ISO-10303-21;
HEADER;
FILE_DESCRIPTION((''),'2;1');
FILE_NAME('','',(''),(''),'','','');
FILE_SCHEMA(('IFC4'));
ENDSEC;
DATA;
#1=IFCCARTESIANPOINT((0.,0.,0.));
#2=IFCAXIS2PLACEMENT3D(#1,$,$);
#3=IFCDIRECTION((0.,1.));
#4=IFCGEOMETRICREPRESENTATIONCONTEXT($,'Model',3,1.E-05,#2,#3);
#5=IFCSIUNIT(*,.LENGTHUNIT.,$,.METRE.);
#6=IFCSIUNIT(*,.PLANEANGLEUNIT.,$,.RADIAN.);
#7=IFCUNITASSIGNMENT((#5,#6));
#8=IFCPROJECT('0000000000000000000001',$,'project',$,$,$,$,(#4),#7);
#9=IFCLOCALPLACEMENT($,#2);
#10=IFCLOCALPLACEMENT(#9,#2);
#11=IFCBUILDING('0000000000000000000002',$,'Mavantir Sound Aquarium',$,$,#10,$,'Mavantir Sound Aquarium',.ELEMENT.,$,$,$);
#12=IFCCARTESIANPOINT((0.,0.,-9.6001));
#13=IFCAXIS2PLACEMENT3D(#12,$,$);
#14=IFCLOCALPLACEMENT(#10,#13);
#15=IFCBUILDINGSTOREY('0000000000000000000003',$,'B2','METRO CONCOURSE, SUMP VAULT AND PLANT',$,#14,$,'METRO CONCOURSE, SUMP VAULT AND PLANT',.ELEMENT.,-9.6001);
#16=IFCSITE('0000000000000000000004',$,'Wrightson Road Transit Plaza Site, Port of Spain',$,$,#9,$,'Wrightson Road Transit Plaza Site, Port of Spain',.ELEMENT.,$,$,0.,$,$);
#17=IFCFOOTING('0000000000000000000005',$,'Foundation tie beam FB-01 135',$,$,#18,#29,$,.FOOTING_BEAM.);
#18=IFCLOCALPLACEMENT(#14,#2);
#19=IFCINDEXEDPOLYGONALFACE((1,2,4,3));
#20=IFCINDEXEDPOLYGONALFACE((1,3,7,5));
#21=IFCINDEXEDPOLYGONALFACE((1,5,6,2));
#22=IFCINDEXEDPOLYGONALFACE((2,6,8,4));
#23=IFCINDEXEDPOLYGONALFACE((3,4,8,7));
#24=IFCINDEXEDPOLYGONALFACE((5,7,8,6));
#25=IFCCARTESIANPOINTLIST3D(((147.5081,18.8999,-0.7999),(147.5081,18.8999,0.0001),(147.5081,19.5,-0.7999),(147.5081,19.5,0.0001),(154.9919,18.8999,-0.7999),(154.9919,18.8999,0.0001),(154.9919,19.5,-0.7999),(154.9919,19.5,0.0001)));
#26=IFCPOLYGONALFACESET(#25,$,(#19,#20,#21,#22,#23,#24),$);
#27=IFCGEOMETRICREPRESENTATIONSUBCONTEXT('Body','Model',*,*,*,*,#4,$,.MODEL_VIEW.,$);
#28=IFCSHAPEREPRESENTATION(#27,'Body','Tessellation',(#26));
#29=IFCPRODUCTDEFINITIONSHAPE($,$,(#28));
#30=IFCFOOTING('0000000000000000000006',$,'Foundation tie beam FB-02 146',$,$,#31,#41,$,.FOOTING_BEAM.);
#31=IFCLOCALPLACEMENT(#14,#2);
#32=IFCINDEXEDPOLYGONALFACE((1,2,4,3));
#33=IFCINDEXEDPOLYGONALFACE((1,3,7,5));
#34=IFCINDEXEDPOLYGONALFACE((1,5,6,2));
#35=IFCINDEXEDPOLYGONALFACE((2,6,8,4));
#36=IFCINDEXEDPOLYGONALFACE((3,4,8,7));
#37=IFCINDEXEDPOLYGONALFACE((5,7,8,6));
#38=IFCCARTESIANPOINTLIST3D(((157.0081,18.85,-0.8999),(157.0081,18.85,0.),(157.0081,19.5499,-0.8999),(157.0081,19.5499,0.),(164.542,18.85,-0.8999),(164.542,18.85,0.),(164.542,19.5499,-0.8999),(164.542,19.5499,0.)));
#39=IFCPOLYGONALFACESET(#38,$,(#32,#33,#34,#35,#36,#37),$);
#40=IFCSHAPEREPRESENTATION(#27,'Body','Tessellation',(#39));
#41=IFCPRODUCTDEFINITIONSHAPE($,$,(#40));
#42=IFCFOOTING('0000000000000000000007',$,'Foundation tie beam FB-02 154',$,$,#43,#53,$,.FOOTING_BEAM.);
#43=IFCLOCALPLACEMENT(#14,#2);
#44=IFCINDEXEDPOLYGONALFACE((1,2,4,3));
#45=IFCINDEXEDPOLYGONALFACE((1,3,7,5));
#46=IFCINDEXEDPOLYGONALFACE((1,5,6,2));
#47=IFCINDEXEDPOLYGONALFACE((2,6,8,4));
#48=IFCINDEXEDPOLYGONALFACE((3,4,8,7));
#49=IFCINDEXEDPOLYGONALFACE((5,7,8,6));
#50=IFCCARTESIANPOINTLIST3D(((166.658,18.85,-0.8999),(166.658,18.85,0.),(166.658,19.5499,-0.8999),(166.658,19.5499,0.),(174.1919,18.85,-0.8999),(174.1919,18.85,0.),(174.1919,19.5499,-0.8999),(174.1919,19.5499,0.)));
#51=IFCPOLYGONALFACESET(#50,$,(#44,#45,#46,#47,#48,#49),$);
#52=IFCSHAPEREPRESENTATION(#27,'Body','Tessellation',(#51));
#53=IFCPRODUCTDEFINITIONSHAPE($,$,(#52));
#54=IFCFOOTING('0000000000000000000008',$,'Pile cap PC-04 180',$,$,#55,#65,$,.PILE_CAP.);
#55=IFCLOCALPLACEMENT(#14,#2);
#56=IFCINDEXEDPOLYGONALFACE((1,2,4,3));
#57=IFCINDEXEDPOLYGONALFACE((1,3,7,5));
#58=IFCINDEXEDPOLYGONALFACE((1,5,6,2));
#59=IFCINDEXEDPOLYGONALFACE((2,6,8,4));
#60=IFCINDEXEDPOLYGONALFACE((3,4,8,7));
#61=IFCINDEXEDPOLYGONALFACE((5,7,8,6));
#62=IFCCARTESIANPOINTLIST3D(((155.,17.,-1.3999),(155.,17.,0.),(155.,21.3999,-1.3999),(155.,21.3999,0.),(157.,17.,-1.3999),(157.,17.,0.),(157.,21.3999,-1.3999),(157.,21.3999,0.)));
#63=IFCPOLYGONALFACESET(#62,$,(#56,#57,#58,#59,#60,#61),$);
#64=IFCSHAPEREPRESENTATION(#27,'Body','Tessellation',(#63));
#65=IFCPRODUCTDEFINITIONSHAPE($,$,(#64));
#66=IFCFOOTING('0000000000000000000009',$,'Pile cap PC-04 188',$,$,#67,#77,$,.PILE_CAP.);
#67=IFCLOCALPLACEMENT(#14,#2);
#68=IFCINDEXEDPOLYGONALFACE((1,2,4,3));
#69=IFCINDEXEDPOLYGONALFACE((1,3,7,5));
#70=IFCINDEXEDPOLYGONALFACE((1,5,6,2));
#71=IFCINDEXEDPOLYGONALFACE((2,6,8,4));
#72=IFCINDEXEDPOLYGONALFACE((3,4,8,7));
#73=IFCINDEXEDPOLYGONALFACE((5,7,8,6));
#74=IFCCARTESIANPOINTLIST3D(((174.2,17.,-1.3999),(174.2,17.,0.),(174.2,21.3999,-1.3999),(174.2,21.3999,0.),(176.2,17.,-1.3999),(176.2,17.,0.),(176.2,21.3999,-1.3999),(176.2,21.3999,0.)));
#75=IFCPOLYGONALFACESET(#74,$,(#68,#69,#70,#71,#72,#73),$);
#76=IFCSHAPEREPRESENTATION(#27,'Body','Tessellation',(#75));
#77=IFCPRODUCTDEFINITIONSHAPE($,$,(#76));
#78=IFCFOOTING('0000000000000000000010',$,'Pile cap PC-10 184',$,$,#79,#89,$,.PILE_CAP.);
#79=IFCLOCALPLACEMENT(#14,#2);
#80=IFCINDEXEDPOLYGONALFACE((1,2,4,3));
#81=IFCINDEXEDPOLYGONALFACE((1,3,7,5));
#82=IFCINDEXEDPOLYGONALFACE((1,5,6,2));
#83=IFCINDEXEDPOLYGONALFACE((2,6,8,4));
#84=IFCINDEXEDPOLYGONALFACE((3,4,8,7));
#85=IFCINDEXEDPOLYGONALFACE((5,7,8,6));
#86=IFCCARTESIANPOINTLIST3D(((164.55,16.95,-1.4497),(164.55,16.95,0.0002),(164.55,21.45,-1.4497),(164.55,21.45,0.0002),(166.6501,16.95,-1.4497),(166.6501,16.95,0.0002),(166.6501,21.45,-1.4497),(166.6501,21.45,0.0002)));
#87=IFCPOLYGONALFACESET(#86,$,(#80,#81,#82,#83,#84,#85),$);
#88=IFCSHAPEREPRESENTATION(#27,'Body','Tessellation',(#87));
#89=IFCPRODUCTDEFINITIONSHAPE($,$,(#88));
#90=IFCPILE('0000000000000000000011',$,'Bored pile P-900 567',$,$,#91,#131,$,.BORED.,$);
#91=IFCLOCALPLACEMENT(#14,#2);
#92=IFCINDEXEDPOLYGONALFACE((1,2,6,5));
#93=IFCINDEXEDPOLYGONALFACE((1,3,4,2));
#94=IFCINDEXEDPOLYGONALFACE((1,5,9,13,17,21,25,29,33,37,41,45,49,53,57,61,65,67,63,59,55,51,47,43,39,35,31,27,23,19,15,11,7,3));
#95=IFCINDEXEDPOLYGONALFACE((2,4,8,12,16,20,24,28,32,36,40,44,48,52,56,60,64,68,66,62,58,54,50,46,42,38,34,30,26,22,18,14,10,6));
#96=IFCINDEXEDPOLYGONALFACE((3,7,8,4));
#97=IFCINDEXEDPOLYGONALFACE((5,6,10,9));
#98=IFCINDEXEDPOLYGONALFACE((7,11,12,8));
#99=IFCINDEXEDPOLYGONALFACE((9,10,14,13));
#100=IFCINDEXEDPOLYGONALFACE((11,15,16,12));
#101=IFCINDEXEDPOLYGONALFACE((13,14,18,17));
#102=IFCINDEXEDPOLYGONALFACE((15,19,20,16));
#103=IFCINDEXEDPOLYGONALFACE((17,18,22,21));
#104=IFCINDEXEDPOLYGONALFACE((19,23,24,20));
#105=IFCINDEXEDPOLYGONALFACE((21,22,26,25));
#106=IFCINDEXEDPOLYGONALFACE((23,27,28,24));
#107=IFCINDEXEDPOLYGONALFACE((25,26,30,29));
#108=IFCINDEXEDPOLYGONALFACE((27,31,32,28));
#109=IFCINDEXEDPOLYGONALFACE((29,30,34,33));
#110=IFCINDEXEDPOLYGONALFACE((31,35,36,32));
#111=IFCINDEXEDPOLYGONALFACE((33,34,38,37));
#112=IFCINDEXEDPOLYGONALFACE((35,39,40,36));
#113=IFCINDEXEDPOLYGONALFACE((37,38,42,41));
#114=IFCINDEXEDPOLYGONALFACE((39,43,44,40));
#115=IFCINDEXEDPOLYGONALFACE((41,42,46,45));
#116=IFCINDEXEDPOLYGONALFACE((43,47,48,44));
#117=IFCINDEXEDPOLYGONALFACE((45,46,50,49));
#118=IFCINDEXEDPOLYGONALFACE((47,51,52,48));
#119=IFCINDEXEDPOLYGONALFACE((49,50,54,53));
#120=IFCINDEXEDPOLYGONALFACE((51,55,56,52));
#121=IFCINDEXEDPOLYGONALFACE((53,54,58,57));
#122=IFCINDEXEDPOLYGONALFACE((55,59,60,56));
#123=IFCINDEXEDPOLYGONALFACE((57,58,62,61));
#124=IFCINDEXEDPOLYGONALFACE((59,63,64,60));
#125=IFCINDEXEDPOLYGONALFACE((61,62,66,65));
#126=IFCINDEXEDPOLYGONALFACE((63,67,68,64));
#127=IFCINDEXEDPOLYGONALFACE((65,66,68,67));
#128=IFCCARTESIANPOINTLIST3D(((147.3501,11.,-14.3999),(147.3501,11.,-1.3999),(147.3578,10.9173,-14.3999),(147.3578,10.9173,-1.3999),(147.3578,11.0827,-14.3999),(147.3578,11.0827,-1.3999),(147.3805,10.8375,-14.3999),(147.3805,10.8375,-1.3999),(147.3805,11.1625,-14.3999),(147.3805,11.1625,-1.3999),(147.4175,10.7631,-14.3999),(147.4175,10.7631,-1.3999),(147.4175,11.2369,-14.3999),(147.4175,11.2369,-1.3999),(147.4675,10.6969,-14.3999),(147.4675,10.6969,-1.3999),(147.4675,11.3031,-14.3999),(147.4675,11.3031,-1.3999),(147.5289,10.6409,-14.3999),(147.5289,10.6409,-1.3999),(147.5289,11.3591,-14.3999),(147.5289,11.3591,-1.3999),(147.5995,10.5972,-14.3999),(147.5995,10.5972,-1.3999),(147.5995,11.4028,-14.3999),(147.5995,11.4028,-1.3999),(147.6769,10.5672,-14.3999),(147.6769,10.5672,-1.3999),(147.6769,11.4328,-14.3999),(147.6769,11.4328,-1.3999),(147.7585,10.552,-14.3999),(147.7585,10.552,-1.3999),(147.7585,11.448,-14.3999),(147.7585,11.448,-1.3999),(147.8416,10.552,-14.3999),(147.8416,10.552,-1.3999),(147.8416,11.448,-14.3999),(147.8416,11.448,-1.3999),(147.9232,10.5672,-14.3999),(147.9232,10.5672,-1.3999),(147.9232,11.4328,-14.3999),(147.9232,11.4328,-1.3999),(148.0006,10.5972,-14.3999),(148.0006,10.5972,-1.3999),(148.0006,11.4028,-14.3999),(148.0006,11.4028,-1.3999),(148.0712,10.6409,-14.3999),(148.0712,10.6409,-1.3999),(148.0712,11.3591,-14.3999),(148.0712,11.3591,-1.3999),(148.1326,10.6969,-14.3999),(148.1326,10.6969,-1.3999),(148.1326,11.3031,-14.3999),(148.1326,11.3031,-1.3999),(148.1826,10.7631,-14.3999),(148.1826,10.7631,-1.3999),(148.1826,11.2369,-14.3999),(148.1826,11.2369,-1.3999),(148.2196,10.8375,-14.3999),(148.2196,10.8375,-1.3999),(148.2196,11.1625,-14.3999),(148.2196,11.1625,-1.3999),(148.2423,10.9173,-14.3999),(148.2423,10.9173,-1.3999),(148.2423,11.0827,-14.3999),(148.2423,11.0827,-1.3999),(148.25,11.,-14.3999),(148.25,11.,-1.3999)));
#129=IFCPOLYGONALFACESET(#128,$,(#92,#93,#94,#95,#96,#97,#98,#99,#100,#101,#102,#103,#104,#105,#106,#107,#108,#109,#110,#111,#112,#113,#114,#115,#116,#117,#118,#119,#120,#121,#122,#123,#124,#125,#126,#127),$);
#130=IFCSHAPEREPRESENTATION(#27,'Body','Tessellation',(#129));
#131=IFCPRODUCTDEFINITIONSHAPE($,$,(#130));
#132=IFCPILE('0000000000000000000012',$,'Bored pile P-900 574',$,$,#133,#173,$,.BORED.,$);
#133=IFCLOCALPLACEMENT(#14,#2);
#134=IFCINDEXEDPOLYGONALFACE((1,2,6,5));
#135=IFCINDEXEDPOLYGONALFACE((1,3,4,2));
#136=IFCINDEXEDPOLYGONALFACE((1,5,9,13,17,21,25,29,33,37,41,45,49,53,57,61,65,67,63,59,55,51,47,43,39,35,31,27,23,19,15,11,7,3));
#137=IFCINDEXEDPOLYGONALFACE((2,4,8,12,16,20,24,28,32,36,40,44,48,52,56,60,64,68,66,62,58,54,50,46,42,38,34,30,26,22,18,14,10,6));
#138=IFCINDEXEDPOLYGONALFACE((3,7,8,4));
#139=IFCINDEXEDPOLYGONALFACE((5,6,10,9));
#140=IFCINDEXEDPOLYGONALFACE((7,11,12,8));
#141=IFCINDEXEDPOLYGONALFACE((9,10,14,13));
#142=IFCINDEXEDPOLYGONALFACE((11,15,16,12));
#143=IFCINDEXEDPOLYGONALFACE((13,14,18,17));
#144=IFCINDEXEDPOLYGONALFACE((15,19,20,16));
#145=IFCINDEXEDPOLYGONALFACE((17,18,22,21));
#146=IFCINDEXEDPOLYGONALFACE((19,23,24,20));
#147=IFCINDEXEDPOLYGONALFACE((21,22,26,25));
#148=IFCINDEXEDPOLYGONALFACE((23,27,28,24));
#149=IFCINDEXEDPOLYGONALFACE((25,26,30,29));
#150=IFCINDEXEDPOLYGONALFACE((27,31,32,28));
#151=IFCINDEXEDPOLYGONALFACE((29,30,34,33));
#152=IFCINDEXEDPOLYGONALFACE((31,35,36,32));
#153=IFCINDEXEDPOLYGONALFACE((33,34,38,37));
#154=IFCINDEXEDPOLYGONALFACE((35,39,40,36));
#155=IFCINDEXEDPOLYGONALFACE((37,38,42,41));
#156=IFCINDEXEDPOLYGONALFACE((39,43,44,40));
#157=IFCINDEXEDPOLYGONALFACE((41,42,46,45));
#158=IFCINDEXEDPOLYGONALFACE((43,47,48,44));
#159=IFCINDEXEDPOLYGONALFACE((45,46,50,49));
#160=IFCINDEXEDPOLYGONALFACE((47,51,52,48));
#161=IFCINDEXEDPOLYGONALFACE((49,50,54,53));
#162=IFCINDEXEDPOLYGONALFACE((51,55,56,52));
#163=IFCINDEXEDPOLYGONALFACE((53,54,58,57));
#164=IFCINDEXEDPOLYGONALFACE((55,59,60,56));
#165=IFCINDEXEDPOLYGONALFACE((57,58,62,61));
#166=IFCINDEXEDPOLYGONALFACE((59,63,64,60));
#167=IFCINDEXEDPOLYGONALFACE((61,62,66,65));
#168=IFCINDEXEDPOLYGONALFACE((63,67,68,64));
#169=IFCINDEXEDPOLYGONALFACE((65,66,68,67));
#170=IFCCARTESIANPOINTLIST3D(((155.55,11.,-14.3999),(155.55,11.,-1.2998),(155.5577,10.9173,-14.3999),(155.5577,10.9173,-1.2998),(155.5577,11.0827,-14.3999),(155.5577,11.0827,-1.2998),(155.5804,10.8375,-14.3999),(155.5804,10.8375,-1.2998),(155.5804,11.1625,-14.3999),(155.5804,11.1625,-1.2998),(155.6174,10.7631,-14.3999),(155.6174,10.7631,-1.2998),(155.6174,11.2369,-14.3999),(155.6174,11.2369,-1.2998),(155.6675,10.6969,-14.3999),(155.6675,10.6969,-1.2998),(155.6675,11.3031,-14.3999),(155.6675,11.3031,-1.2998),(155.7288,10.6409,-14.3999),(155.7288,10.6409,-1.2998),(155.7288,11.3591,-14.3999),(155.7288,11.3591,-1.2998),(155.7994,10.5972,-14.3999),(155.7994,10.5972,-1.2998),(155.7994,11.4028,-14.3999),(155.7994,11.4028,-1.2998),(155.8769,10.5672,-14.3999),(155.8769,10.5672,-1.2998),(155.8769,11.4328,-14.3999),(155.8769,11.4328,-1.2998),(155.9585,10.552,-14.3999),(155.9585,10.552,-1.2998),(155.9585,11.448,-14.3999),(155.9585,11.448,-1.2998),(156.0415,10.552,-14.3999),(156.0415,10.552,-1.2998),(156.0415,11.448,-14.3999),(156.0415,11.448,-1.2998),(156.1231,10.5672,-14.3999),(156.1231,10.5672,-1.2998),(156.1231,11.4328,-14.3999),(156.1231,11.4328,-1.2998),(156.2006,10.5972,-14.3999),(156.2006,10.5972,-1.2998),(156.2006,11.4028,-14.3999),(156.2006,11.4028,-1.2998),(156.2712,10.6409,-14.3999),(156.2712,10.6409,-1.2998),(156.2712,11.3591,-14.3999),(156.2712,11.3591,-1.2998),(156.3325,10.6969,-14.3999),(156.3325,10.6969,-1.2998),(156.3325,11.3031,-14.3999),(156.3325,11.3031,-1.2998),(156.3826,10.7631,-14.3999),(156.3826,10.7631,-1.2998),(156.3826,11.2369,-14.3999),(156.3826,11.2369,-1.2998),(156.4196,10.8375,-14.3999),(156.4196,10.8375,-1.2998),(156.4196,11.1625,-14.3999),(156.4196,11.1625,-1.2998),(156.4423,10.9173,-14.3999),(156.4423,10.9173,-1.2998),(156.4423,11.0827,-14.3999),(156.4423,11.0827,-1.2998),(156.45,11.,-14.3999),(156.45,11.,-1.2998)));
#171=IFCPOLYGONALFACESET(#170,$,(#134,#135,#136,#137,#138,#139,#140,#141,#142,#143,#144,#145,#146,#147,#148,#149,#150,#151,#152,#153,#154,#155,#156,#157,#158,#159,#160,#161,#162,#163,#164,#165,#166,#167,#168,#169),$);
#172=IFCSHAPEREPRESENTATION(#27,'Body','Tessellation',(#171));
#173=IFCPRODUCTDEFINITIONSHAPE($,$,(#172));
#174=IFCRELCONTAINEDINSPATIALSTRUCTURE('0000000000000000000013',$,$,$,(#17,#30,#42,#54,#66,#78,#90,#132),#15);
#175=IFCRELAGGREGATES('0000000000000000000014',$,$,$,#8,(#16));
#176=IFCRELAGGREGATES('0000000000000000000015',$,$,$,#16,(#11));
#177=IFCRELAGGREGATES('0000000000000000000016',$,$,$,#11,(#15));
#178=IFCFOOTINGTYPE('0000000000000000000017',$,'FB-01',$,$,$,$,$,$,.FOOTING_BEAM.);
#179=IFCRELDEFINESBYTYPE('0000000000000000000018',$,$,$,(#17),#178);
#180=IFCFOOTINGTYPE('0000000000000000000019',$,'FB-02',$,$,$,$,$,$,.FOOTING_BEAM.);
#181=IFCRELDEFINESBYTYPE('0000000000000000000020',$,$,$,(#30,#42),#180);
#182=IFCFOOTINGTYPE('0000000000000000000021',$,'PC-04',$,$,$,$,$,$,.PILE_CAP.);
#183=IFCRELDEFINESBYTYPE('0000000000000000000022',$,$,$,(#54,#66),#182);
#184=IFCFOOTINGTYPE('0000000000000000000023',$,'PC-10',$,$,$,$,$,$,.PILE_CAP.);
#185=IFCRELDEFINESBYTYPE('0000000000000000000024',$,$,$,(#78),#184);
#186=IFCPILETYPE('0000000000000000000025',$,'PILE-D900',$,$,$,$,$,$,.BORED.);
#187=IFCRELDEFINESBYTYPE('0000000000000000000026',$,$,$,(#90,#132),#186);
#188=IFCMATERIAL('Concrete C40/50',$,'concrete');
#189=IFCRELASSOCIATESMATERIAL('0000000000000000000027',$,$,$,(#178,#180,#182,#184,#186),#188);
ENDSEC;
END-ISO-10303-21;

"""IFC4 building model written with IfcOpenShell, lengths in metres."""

from ifc_helpers import new_model, si_unit, direction, frame, origin, origin_2d, place, context, subcontext, project, spatial, rectangle, circle, extrude, material, material_profile, profile_set, type_object, element, save


model = new_model("IFC4")

# Units and contexts
model_context = context("Model", 3, precision=1e-05, world=origin(), true_north=direction((0.0, 1.0)))
body_context = subcontext(model_context, "Body", "Model", "MODEL_VIEW")
ifc_project = project(units=[si_unit("LENGTHUNIT", "METRE"), si_unit("PLANEANGLEUNIT", "RADIAN")], contexts=[model_context])

# Site, building, storey
site_placement = place(None, origin())
site = spatial("IfcSite", under=ifc_project, at=site_placement, Name="Wrightson Road Transit Plaza Site, Port of Spain", LongName="Wrightson Road Transit Plaza Site, Port of Spain", CompositionType="ELEMENT", RefElevation=0.0)
building_placement = place(site_placement, origin())
building = spatial("IfcBuilding", under=site, at=building_placement, Name="Mavantir Sound Aquarium", LongName="Mavantir Sound Aquarium", CompositionType="ELEMENT")
storey_placement = place(building_placement, frame((0.0, 0.0, -9.6001)))
storey = spatial("IfcBuildingStorey", under=building, at=storey_placement, Name="B2", Description="METRO CONCOURSE, SUMP VAULT AND PLANT", LongName="METRO CONCOURSE, SUMP VAULT AND PLANT", CompositionType="ELEMENT", Elevation=-9.6001)

# Footings
ifc_material_1 = material(Name="Concrete C40/50", Category="concrete")
ifc_material_profile_1 = material_profile(ifc_material_1, rectangle(XDim=0.6001, YDim=0.8, at=origin_2d()), Name="RC 600X800")
ifc_profile_set_1 = profile_set([ifc_material_profile_1], Name="Concrete C40/50")
footing_type_1 = type_object("IfcFootingType", Name="FB-01", PredefinedType="FOOTING_BEAM", material=ifc_profile_set_1)
footing_1_placement = place(storey_placement, frame((147.5081, 19.2, -0.3999), z_axis=(1.0, 0.0, 0.0), x_axis=(0.0, 1.0, 0.0)))
element("IfcFooting", 1, at=footing_1_placement, inside=storey, type_object=footing_type_1, Name="Foundation tie beam FB-01 135", PredefinedType="FOOTING_BEAM", context=body_context, shape_type="SweptSolid", body=[
    extrude(rectangle(XDim=0.6001, YDim=0.8, at=origin_2d()), origin(), (0.0, 0.0, 1.0), 7.4839),
])
ifc_material_profile_2 = material_profile(ifc_material_1, rectangle(XDim=0.7, YDim=0.8999, at=origin_2d()), Name="RC 700X900")
ifc_profile_set_2 = profile_set([ifc_material_profile_2], Name="Concrete C40/50")
footing_type_2 = type_object("IfcFootingType", Name="FB-02", PredefinedType="FOOTING_BEAM", material=ifc_profile_set_2)
for number, where, z_axis, x_axis, name in (
    (2, (157.0081, 19.2, -0.45), (1.0, 0.0, 0.0), (0.0, 1.0, 0.0), "Foundation tie beam FB-02 146"),
    (3, (166.658, 19.2, -0.45), (1.0, 0.0, 0.0), (0.0, 1.0, 0.0), "Foundation tie beam FB-02 154"),
):
    element("IfcFooting", number, at=place(storey_placement, frame(where, z_axis=z_axis, x_axis=x_axis)), inside=storey, type_object=footing_type_2, Name=name, PredefinedType="FOOTING_BEAM", context=body_context, shape_type="SweptSolid", body=[
        extrude(rectangle(XDim=0.7, YDim=0.8999, at=origin_2d()), origin(), (0.0, 0.0, 1.0), 7.5339),
    ])
footing_type_3 = type_object("IfcFootingType", Name="PC-04", PredefinedType="PILE_CAP", material=ifc_material_1)
for number, where, z_axis, x_axis, name in (
    (4, (156.0, 19.2, -1.3999), (0.0, 0.0, 1.0), (1.0, 0.0, 0.0), "Pile cap PC-04 180"),
    (5, (175.2, 19.2, -1.3999), (0.0, 0.0, 1.0), (1.0, 0.0, 0.0), "Pile cap PC-04 188"),
):
    element("IfcFooting", number, at=place(storey_placement, frame(where, z_axis=z_axis, x_axis=x_axis)), inside=storey, type_object=footing_type_3, Name=name, PredefinedType="PILE_CAP", context=body_context, shape_type="SweptSolid", body=[
        extrude(rectangle(XDim=2.0, YDim=4.3999, at=origin_2d()), origin(), (0.0, 0.0, 1.0), 1.3999),
    ])
footing_type_4 = type_object("IfcFootingType", Name="PC-10", PredefinedType="PILE_CAP", material=ifc_material_1)
footing_2_placement = place(storey_placement, frame((165.6001, 19.2, -1.4497), z_axis=(0.0, 0.0, 1.0), x_axis=(1.0, 0.0, 0.0)))
element("IfcFooting", 6, at=footing_2_placement, inside=storey, type_object=footing_type_4, Name="Pile cap PC-10 184", PredefinedType="PILE_CAP", context=body_context, shape_type="SweptSolid", body=[
    extrude(rectangle(XDim=2.1001, YDim=4.5, at=origin_2d()), origin(), (0.0, 0.0, 1.0), 1.45),
])

# Piles
ifc_material_profile_3 = material_profile(ifc_material_1, circle(Radius=0.45, at=origin_2d()), Name="PILE D900")
ifc_profile_set_3 = profile_set([ifc_material_profile_3], Name="Concrete C40/50")
pile_type = type_object("IfcPileType", Name="PILE-D900", PredefinedType="BORED", material=ifc_profile_set_3)
pile_placement = place(storey_placement, frame((147.8, 11.0, -1.3999), z_axis=(0.0, 0.0, -1.0), x_axis=(1.0, 0.0, 0.0)))
element("IfcPile", 7, at=pile_placement, inside=storey, type_object=pile_type, Name="Bored pile P-900 567", PredefinedType="BORED", context=body_context, shape_type="SweptSolid", body=[
    extrude(circle(Radius=0.45, at=origin_2d()), origin(), (0.0, 0.0, 1.0), 13.0),
])
for number, where, z_axis, x_axis, name in (
    (8, (156.0, 11.0, -1.2998), (0.0, 0.0, -1.0), (1.0, 0.0, 0.0), "Bored pile P-900 574"),
):
    element("IfcPile", number, at=place(storey_placement, frame(where, z_axis=z_axis, x_axis=x_axis)), inside=storey, type_object=pile_type, Name=name, PredefinedType="BORED", context=body_context, shape_type="SweptSolid", body=[
        extrude(circle(Radius=0.45, at=origin_2d()), origin(), (0.0, 0.0, 1.0), 13.1001),
    ])

save(model, "model.ifc")
